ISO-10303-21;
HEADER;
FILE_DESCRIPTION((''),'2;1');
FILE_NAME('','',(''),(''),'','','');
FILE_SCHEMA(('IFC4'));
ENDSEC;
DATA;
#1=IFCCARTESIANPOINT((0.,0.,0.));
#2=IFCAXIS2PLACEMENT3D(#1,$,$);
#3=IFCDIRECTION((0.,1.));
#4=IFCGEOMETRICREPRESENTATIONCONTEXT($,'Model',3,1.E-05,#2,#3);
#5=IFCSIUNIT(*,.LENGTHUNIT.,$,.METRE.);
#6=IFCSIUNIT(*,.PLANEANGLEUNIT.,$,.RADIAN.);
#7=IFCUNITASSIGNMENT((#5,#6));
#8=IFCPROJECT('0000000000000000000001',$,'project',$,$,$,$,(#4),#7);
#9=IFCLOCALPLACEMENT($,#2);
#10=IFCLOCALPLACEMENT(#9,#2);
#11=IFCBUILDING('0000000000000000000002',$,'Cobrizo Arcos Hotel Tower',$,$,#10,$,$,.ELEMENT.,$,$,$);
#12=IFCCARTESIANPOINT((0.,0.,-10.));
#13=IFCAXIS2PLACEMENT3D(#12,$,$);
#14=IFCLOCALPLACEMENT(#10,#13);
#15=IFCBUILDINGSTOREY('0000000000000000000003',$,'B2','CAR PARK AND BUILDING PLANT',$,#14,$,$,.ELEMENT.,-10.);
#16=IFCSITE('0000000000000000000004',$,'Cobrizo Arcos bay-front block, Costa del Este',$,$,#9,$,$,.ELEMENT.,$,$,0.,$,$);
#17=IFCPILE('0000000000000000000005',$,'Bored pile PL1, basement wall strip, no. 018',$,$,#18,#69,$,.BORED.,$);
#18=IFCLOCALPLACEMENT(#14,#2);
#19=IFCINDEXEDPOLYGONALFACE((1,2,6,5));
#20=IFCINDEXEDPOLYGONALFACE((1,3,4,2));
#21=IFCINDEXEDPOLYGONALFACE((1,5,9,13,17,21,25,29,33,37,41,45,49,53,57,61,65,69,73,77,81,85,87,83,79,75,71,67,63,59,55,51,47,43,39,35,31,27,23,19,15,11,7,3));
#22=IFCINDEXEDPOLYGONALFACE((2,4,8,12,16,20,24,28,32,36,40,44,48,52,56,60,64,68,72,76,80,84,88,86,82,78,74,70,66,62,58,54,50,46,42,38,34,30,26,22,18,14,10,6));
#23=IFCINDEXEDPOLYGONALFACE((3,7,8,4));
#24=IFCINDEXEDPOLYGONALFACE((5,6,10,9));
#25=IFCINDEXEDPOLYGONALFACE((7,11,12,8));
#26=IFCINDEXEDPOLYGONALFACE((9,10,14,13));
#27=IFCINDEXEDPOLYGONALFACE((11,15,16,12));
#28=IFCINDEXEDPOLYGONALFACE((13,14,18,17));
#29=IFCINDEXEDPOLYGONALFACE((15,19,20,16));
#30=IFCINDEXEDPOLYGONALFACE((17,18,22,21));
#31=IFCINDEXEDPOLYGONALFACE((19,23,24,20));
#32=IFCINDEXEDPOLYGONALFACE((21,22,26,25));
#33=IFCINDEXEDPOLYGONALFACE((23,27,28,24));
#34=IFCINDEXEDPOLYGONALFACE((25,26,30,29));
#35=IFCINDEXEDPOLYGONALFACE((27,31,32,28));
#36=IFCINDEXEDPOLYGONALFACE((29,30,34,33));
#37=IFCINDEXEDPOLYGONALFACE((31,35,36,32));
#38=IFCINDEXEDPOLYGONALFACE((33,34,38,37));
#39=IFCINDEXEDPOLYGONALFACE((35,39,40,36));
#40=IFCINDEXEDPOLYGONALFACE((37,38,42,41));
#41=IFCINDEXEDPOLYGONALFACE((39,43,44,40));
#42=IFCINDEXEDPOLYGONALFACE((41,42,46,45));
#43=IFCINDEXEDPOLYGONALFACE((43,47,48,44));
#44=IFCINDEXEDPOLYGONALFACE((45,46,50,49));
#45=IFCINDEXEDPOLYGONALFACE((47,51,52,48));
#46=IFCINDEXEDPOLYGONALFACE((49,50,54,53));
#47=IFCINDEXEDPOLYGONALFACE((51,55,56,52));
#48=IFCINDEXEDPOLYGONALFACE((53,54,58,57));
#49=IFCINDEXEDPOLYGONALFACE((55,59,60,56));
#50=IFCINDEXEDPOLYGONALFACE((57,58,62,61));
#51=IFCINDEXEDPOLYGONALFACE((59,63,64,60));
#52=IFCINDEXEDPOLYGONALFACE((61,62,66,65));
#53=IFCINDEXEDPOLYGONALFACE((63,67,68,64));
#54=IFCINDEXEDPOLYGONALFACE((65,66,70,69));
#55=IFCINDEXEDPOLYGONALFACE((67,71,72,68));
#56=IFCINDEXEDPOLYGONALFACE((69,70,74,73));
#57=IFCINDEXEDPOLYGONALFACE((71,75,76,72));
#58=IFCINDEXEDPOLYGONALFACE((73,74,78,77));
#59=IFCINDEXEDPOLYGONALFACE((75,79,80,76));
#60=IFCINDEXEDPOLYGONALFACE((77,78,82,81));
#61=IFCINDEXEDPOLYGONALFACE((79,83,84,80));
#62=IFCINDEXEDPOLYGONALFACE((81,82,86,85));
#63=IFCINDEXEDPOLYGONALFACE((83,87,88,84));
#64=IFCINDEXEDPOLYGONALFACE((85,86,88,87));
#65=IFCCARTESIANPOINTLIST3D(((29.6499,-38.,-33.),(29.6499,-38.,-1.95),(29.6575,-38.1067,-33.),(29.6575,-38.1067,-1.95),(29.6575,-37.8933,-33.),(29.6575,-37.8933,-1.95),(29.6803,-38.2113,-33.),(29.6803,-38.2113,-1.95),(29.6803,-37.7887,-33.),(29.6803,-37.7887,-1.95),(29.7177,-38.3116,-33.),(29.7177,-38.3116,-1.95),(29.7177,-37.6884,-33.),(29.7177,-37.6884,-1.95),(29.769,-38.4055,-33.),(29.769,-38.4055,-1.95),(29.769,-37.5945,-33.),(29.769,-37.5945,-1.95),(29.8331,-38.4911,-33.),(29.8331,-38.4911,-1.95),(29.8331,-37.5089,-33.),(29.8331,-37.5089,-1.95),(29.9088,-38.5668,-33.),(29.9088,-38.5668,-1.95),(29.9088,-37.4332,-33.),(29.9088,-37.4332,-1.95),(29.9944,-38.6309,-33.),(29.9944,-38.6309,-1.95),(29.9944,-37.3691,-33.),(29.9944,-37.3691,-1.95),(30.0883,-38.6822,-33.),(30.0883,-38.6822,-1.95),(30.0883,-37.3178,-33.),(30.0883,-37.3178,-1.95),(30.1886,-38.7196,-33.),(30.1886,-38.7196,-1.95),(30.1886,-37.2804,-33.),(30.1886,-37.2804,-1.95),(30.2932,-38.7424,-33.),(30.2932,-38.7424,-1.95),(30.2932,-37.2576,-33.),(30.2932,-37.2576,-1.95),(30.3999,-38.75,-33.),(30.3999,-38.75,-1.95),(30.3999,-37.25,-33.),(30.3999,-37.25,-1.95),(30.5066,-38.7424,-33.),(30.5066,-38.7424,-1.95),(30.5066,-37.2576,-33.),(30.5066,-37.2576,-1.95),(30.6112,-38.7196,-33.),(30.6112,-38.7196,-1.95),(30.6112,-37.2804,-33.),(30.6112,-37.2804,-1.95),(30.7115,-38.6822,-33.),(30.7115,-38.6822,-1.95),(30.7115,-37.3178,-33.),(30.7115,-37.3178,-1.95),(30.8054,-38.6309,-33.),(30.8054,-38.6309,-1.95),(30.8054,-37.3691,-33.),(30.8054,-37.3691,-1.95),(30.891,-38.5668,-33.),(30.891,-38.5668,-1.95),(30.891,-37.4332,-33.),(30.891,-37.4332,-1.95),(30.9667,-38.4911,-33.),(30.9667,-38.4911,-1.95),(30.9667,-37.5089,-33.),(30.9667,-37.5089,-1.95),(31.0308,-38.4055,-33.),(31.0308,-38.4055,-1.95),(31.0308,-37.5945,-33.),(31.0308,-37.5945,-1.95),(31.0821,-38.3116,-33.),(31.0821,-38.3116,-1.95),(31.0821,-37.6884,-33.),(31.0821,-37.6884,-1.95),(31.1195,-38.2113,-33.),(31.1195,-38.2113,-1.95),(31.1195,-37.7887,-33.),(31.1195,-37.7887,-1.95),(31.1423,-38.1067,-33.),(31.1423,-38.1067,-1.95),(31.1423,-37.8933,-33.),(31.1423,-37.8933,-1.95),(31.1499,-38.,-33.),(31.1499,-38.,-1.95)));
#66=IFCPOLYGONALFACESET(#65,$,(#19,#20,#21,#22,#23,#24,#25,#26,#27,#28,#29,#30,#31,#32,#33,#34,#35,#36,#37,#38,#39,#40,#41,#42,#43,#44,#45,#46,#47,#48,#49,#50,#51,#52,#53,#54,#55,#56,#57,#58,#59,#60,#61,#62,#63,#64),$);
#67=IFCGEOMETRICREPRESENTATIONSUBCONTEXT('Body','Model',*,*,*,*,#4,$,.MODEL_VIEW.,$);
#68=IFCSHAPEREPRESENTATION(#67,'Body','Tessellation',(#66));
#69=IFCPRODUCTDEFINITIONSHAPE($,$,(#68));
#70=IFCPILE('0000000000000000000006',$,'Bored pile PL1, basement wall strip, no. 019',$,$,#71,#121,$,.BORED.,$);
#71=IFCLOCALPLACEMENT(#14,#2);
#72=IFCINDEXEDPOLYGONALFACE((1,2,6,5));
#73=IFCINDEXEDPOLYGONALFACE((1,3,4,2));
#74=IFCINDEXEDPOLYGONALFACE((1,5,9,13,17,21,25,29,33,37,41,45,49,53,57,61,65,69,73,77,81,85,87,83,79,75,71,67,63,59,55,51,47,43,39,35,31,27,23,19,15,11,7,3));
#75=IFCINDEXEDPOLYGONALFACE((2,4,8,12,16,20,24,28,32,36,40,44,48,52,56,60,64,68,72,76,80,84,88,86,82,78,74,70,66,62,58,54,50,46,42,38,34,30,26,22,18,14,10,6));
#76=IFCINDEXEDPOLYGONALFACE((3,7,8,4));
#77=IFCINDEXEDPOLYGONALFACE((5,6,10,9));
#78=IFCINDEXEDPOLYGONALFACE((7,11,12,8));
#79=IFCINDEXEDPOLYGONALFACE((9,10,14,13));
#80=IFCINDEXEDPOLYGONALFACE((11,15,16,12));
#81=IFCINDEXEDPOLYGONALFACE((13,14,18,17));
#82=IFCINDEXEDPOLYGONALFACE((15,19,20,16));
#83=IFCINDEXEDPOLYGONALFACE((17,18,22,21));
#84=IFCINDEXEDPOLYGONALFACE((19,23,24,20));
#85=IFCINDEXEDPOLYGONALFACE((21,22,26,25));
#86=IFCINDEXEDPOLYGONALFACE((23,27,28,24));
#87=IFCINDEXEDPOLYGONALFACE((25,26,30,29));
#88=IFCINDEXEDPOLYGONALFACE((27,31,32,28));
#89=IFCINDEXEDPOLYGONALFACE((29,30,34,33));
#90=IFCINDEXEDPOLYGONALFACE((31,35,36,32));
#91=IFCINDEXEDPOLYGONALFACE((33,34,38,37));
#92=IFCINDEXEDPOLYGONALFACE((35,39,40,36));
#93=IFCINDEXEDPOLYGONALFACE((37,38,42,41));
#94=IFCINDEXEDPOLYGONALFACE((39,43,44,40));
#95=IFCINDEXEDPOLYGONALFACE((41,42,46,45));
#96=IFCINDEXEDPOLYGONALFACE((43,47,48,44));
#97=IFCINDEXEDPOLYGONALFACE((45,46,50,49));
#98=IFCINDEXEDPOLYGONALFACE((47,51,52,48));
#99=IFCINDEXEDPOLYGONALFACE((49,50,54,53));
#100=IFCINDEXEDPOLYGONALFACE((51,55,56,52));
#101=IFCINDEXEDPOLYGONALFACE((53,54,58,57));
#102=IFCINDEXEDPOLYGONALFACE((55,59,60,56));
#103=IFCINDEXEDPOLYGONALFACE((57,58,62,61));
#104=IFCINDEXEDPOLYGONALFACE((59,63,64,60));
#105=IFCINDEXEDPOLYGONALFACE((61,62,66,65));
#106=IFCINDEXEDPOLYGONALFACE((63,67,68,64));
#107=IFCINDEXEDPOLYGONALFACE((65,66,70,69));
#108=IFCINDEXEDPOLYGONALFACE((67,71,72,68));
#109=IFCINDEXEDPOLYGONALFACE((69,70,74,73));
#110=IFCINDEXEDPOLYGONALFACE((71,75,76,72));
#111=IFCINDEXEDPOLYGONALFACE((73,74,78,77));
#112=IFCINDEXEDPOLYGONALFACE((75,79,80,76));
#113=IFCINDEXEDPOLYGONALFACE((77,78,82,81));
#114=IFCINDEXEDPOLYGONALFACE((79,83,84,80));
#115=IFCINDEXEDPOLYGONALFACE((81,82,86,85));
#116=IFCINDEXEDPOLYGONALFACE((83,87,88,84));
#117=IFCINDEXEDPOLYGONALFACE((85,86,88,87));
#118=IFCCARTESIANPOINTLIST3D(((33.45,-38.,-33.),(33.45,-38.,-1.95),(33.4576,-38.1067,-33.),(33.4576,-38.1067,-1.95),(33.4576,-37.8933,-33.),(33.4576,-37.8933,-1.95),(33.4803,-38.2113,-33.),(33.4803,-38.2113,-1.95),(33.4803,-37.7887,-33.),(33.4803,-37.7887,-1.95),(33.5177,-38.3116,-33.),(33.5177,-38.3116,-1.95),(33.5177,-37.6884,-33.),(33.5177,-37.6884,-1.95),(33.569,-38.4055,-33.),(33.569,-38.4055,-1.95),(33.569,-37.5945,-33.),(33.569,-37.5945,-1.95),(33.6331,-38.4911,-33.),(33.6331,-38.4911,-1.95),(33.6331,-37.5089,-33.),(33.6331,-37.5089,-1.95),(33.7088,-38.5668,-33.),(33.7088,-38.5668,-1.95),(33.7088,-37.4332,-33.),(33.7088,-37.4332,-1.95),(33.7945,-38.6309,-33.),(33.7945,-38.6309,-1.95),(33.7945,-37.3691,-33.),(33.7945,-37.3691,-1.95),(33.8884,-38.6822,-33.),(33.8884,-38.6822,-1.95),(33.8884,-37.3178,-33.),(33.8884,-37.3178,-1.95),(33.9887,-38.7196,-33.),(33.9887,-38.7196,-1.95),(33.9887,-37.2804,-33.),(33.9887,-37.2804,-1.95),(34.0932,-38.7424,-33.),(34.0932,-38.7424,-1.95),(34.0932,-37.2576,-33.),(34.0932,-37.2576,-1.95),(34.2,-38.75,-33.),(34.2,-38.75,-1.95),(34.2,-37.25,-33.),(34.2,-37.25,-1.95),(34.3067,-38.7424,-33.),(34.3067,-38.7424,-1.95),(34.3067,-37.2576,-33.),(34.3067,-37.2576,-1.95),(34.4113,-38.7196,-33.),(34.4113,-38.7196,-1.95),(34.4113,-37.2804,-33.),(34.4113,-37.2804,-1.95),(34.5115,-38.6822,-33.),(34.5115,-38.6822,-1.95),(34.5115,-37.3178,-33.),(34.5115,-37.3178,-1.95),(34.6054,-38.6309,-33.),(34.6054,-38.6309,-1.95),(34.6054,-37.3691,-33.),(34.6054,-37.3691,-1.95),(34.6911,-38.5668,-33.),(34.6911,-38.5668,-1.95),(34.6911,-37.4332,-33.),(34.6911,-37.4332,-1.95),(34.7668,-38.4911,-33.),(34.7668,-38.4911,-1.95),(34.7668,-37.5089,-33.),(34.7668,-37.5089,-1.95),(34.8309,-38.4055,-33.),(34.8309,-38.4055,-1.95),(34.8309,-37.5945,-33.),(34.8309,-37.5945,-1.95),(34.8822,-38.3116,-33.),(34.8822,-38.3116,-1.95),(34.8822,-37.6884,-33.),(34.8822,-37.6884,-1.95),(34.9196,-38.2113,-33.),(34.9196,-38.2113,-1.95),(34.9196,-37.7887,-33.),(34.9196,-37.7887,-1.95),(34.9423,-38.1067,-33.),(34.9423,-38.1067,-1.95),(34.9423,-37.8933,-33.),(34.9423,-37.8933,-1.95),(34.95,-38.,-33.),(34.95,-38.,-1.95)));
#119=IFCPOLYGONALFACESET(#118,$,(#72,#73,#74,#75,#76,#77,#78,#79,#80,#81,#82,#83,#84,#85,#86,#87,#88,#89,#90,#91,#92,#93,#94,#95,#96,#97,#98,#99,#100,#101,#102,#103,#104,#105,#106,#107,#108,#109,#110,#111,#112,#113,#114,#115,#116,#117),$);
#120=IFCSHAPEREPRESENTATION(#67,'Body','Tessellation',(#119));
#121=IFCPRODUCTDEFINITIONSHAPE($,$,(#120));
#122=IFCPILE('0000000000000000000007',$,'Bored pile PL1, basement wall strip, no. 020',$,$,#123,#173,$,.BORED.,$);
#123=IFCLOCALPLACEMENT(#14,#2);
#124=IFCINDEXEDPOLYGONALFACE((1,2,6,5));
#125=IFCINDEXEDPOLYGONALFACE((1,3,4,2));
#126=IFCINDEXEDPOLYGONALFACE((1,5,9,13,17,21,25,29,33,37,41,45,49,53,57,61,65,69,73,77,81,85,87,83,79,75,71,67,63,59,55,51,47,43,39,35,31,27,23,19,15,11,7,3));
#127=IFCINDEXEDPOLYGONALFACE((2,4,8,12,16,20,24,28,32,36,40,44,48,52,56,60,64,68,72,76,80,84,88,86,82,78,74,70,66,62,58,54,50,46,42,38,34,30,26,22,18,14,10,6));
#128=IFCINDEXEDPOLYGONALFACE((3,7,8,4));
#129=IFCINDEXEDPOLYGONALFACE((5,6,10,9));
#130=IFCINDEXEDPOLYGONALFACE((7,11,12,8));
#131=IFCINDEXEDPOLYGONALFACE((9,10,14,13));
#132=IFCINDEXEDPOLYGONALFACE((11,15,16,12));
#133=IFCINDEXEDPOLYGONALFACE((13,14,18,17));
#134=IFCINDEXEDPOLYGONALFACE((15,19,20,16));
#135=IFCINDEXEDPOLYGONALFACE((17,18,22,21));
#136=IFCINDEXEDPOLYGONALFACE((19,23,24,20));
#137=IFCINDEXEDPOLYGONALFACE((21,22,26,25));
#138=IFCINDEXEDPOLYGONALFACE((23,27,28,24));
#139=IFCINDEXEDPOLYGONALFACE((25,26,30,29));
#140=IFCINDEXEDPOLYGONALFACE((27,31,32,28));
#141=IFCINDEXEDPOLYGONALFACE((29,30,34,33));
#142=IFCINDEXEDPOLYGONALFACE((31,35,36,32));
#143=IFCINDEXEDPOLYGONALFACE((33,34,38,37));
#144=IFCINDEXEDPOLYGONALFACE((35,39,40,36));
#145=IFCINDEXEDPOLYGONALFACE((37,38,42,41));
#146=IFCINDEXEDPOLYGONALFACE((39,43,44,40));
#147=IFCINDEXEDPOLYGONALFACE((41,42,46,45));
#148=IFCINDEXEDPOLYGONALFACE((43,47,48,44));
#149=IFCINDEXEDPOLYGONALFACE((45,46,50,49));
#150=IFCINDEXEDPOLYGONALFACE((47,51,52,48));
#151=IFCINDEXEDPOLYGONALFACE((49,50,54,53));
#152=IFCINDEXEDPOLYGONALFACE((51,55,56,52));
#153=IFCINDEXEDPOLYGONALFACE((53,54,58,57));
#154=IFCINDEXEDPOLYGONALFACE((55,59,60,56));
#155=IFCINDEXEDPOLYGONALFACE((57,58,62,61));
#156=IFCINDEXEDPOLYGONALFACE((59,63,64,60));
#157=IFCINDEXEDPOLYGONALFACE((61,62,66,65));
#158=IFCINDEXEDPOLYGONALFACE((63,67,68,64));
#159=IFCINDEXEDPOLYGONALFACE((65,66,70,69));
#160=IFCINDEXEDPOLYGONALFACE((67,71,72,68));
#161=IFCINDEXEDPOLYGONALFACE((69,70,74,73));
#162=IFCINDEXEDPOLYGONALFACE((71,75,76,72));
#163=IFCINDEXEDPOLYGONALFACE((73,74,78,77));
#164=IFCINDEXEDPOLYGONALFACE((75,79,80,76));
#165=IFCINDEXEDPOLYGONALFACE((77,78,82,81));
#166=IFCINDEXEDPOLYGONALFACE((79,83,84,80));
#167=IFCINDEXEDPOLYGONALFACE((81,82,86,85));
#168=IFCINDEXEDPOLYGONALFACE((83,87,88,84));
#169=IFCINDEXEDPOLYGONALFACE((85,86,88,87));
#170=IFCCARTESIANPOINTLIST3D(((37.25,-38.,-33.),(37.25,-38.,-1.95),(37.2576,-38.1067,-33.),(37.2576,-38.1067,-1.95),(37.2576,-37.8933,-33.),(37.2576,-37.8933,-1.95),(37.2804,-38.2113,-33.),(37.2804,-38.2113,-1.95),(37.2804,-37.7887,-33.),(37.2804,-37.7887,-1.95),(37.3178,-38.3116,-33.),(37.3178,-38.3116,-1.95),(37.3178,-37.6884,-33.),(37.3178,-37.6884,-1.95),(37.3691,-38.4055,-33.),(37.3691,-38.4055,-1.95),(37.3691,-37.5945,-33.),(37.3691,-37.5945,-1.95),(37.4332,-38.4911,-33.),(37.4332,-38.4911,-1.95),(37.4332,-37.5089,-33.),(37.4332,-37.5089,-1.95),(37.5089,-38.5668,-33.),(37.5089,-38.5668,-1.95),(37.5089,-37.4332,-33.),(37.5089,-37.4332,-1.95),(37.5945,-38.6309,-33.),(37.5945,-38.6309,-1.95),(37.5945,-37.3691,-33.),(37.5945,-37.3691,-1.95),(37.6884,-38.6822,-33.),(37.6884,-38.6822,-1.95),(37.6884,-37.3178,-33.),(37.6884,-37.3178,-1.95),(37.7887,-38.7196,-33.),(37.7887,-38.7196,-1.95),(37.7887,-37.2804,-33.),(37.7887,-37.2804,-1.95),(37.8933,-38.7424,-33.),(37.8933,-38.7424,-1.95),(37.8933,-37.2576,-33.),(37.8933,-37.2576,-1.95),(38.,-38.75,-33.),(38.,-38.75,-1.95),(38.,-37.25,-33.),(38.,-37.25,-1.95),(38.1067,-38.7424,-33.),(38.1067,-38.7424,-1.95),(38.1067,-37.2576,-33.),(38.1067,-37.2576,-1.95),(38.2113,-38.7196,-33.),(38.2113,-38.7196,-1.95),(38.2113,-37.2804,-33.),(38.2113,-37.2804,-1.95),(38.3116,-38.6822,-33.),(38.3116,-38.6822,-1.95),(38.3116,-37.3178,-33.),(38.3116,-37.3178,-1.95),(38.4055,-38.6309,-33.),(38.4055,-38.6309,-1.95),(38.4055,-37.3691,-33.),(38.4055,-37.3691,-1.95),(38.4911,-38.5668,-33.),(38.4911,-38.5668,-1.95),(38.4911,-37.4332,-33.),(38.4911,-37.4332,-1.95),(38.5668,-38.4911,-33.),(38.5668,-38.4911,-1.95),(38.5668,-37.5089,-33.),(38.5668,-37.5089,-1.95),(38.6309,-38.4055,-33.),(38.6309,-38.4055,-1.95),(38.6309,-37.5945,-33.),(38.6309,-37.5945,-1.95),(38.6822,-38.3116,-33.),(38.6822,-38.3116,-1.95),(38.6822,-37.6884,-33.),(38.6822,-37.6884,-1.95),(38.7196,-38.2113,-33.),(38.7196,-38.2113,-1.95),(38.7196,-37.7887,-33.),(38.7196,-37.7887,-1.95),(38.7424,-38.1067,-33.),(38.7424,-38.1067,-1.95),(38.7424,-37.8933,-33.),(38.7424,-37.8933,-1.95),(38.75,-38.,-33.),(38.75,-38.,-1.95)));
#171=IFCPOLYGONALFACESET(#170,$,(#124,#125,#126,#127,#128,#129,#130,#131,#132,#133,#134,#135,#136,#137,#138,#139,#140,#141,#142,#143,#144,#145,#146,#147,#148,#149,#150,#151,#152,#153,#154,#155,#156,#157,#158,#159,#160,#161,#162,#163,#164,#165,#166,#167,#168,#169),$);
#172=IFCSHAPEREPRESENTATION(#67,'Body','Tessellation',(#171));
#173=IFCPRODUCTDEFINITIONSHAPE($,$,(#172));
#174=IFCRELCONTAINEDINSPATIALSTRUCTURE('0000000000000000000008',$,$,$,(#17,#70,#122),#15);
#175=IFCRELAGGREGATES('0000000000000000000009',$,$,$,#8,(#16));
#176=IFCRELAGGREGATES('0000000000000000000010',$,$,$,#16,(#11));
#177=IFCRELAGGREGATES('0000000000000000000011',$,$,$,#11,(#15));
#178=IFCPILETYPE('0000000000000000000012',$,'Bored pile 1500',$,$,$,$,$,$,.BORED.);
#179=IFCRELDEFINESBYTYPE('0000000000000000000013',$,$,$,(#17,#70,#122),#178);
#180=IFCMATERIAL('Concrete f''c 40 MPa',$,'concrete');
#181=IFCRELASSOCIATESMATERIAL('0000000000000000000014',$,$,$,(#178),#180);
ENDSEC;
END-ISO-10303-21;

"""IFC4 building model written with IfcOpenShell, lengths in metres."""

from ifc_helpers import new_model, si_unit, direction, frame, origin, origin_2d, place, context, subcontext, project, spatial, circle, extrude, material, material_profile, profile_set, type_object, element, save


model = new_model("IFC4")

# Units and contexts
model_context = context("Model", 3, precision=1e-05, world=origin(), true_north=direction((0.0, 1.0)))
body_context = subcontext(model_context, "Body", "Model", "MODEL_VIEW")
ifc_project = project(units=[si_unit("LENGTHUNIT", "METRE"), si_unit("PLANEANGLEUNIT", "RADIAN")], contexts=[model_context])

# Site, building, storey
site_placement = place(None, origin())
site = spatial("IfcSite", under=ifc_project, at=site_placement, Name="Cobrizo Arcos bay-front block, Costa del Este", CompositionType="ELEMENT", RefElevation=0.0)
building_placement = place(site_placement, origin())
building = spatial("IfcBuilding", under=site, at=building_placement, Name="Cobrizo Arcos Hotel Tower", CompositionType="ELEMENT")
storey_placement = place(building_placement, frame((0.0, 0.0, -10.0)))
storey = spatial("IfcBuildingStorey", under=building, at=storey_placement, Name="B2", Description="CAR PARK AND BUILDING PLANT", CompositionType="ELEMENT", Elevation=-10.0)

# Piles
ifc_material_1 = material(Name="Concrete f'c 40 MPa", Category="concrete")
ifc_material_profile = material_profile(ifc_material_1, circle(Radius=0.75, at=origin_2d()), Name="BORED PILE 1500")
ifc_profile_set = profile_set([ifc_material_profile], Name="Concrete f'c 40 MPa")
pile_type = type_object("IfcPileType", Name="Bored pile 1500", PredefinedType="BORED", material=ifc_profile_set)
for number, where, z_axis, x_axis, name in (
    (1, (30.3999, -38.0, -1.95), (0.0, 0.0, -1.0), (1.0, 0.0, 0.0), "Bored pile PL1, basement wall strip, no. 018"),
    (2, (34.2, -38.0, -1.95), (0.0, 0.0, -1.0), (1.0, 0.0, 0.0), "Bored pile PL1, basement wall strip, no. 019"),
    (3, (38.0, -38.0, -1.95), (0.0, 0.0, -1.0), (1.0, 0.0, 0.0), "Bored pile PL1, basement wall strip, no. 020"),
):
    element("IfcPile", number, at=place(storey_placement, frame(where, z_axis=z_axis, x_axis=x_axis)), inside=storey, type_object=pile_type, Name=name, PredefinedType="BORED", context=body_context, shape_type="SweptSolid", body=[
        extrude(circle(Radius=0.75, at=origin_2d()), origin(), (0.0, 0.0, 1.0), 31.05),
    ])

save(model, "model.ifc")
